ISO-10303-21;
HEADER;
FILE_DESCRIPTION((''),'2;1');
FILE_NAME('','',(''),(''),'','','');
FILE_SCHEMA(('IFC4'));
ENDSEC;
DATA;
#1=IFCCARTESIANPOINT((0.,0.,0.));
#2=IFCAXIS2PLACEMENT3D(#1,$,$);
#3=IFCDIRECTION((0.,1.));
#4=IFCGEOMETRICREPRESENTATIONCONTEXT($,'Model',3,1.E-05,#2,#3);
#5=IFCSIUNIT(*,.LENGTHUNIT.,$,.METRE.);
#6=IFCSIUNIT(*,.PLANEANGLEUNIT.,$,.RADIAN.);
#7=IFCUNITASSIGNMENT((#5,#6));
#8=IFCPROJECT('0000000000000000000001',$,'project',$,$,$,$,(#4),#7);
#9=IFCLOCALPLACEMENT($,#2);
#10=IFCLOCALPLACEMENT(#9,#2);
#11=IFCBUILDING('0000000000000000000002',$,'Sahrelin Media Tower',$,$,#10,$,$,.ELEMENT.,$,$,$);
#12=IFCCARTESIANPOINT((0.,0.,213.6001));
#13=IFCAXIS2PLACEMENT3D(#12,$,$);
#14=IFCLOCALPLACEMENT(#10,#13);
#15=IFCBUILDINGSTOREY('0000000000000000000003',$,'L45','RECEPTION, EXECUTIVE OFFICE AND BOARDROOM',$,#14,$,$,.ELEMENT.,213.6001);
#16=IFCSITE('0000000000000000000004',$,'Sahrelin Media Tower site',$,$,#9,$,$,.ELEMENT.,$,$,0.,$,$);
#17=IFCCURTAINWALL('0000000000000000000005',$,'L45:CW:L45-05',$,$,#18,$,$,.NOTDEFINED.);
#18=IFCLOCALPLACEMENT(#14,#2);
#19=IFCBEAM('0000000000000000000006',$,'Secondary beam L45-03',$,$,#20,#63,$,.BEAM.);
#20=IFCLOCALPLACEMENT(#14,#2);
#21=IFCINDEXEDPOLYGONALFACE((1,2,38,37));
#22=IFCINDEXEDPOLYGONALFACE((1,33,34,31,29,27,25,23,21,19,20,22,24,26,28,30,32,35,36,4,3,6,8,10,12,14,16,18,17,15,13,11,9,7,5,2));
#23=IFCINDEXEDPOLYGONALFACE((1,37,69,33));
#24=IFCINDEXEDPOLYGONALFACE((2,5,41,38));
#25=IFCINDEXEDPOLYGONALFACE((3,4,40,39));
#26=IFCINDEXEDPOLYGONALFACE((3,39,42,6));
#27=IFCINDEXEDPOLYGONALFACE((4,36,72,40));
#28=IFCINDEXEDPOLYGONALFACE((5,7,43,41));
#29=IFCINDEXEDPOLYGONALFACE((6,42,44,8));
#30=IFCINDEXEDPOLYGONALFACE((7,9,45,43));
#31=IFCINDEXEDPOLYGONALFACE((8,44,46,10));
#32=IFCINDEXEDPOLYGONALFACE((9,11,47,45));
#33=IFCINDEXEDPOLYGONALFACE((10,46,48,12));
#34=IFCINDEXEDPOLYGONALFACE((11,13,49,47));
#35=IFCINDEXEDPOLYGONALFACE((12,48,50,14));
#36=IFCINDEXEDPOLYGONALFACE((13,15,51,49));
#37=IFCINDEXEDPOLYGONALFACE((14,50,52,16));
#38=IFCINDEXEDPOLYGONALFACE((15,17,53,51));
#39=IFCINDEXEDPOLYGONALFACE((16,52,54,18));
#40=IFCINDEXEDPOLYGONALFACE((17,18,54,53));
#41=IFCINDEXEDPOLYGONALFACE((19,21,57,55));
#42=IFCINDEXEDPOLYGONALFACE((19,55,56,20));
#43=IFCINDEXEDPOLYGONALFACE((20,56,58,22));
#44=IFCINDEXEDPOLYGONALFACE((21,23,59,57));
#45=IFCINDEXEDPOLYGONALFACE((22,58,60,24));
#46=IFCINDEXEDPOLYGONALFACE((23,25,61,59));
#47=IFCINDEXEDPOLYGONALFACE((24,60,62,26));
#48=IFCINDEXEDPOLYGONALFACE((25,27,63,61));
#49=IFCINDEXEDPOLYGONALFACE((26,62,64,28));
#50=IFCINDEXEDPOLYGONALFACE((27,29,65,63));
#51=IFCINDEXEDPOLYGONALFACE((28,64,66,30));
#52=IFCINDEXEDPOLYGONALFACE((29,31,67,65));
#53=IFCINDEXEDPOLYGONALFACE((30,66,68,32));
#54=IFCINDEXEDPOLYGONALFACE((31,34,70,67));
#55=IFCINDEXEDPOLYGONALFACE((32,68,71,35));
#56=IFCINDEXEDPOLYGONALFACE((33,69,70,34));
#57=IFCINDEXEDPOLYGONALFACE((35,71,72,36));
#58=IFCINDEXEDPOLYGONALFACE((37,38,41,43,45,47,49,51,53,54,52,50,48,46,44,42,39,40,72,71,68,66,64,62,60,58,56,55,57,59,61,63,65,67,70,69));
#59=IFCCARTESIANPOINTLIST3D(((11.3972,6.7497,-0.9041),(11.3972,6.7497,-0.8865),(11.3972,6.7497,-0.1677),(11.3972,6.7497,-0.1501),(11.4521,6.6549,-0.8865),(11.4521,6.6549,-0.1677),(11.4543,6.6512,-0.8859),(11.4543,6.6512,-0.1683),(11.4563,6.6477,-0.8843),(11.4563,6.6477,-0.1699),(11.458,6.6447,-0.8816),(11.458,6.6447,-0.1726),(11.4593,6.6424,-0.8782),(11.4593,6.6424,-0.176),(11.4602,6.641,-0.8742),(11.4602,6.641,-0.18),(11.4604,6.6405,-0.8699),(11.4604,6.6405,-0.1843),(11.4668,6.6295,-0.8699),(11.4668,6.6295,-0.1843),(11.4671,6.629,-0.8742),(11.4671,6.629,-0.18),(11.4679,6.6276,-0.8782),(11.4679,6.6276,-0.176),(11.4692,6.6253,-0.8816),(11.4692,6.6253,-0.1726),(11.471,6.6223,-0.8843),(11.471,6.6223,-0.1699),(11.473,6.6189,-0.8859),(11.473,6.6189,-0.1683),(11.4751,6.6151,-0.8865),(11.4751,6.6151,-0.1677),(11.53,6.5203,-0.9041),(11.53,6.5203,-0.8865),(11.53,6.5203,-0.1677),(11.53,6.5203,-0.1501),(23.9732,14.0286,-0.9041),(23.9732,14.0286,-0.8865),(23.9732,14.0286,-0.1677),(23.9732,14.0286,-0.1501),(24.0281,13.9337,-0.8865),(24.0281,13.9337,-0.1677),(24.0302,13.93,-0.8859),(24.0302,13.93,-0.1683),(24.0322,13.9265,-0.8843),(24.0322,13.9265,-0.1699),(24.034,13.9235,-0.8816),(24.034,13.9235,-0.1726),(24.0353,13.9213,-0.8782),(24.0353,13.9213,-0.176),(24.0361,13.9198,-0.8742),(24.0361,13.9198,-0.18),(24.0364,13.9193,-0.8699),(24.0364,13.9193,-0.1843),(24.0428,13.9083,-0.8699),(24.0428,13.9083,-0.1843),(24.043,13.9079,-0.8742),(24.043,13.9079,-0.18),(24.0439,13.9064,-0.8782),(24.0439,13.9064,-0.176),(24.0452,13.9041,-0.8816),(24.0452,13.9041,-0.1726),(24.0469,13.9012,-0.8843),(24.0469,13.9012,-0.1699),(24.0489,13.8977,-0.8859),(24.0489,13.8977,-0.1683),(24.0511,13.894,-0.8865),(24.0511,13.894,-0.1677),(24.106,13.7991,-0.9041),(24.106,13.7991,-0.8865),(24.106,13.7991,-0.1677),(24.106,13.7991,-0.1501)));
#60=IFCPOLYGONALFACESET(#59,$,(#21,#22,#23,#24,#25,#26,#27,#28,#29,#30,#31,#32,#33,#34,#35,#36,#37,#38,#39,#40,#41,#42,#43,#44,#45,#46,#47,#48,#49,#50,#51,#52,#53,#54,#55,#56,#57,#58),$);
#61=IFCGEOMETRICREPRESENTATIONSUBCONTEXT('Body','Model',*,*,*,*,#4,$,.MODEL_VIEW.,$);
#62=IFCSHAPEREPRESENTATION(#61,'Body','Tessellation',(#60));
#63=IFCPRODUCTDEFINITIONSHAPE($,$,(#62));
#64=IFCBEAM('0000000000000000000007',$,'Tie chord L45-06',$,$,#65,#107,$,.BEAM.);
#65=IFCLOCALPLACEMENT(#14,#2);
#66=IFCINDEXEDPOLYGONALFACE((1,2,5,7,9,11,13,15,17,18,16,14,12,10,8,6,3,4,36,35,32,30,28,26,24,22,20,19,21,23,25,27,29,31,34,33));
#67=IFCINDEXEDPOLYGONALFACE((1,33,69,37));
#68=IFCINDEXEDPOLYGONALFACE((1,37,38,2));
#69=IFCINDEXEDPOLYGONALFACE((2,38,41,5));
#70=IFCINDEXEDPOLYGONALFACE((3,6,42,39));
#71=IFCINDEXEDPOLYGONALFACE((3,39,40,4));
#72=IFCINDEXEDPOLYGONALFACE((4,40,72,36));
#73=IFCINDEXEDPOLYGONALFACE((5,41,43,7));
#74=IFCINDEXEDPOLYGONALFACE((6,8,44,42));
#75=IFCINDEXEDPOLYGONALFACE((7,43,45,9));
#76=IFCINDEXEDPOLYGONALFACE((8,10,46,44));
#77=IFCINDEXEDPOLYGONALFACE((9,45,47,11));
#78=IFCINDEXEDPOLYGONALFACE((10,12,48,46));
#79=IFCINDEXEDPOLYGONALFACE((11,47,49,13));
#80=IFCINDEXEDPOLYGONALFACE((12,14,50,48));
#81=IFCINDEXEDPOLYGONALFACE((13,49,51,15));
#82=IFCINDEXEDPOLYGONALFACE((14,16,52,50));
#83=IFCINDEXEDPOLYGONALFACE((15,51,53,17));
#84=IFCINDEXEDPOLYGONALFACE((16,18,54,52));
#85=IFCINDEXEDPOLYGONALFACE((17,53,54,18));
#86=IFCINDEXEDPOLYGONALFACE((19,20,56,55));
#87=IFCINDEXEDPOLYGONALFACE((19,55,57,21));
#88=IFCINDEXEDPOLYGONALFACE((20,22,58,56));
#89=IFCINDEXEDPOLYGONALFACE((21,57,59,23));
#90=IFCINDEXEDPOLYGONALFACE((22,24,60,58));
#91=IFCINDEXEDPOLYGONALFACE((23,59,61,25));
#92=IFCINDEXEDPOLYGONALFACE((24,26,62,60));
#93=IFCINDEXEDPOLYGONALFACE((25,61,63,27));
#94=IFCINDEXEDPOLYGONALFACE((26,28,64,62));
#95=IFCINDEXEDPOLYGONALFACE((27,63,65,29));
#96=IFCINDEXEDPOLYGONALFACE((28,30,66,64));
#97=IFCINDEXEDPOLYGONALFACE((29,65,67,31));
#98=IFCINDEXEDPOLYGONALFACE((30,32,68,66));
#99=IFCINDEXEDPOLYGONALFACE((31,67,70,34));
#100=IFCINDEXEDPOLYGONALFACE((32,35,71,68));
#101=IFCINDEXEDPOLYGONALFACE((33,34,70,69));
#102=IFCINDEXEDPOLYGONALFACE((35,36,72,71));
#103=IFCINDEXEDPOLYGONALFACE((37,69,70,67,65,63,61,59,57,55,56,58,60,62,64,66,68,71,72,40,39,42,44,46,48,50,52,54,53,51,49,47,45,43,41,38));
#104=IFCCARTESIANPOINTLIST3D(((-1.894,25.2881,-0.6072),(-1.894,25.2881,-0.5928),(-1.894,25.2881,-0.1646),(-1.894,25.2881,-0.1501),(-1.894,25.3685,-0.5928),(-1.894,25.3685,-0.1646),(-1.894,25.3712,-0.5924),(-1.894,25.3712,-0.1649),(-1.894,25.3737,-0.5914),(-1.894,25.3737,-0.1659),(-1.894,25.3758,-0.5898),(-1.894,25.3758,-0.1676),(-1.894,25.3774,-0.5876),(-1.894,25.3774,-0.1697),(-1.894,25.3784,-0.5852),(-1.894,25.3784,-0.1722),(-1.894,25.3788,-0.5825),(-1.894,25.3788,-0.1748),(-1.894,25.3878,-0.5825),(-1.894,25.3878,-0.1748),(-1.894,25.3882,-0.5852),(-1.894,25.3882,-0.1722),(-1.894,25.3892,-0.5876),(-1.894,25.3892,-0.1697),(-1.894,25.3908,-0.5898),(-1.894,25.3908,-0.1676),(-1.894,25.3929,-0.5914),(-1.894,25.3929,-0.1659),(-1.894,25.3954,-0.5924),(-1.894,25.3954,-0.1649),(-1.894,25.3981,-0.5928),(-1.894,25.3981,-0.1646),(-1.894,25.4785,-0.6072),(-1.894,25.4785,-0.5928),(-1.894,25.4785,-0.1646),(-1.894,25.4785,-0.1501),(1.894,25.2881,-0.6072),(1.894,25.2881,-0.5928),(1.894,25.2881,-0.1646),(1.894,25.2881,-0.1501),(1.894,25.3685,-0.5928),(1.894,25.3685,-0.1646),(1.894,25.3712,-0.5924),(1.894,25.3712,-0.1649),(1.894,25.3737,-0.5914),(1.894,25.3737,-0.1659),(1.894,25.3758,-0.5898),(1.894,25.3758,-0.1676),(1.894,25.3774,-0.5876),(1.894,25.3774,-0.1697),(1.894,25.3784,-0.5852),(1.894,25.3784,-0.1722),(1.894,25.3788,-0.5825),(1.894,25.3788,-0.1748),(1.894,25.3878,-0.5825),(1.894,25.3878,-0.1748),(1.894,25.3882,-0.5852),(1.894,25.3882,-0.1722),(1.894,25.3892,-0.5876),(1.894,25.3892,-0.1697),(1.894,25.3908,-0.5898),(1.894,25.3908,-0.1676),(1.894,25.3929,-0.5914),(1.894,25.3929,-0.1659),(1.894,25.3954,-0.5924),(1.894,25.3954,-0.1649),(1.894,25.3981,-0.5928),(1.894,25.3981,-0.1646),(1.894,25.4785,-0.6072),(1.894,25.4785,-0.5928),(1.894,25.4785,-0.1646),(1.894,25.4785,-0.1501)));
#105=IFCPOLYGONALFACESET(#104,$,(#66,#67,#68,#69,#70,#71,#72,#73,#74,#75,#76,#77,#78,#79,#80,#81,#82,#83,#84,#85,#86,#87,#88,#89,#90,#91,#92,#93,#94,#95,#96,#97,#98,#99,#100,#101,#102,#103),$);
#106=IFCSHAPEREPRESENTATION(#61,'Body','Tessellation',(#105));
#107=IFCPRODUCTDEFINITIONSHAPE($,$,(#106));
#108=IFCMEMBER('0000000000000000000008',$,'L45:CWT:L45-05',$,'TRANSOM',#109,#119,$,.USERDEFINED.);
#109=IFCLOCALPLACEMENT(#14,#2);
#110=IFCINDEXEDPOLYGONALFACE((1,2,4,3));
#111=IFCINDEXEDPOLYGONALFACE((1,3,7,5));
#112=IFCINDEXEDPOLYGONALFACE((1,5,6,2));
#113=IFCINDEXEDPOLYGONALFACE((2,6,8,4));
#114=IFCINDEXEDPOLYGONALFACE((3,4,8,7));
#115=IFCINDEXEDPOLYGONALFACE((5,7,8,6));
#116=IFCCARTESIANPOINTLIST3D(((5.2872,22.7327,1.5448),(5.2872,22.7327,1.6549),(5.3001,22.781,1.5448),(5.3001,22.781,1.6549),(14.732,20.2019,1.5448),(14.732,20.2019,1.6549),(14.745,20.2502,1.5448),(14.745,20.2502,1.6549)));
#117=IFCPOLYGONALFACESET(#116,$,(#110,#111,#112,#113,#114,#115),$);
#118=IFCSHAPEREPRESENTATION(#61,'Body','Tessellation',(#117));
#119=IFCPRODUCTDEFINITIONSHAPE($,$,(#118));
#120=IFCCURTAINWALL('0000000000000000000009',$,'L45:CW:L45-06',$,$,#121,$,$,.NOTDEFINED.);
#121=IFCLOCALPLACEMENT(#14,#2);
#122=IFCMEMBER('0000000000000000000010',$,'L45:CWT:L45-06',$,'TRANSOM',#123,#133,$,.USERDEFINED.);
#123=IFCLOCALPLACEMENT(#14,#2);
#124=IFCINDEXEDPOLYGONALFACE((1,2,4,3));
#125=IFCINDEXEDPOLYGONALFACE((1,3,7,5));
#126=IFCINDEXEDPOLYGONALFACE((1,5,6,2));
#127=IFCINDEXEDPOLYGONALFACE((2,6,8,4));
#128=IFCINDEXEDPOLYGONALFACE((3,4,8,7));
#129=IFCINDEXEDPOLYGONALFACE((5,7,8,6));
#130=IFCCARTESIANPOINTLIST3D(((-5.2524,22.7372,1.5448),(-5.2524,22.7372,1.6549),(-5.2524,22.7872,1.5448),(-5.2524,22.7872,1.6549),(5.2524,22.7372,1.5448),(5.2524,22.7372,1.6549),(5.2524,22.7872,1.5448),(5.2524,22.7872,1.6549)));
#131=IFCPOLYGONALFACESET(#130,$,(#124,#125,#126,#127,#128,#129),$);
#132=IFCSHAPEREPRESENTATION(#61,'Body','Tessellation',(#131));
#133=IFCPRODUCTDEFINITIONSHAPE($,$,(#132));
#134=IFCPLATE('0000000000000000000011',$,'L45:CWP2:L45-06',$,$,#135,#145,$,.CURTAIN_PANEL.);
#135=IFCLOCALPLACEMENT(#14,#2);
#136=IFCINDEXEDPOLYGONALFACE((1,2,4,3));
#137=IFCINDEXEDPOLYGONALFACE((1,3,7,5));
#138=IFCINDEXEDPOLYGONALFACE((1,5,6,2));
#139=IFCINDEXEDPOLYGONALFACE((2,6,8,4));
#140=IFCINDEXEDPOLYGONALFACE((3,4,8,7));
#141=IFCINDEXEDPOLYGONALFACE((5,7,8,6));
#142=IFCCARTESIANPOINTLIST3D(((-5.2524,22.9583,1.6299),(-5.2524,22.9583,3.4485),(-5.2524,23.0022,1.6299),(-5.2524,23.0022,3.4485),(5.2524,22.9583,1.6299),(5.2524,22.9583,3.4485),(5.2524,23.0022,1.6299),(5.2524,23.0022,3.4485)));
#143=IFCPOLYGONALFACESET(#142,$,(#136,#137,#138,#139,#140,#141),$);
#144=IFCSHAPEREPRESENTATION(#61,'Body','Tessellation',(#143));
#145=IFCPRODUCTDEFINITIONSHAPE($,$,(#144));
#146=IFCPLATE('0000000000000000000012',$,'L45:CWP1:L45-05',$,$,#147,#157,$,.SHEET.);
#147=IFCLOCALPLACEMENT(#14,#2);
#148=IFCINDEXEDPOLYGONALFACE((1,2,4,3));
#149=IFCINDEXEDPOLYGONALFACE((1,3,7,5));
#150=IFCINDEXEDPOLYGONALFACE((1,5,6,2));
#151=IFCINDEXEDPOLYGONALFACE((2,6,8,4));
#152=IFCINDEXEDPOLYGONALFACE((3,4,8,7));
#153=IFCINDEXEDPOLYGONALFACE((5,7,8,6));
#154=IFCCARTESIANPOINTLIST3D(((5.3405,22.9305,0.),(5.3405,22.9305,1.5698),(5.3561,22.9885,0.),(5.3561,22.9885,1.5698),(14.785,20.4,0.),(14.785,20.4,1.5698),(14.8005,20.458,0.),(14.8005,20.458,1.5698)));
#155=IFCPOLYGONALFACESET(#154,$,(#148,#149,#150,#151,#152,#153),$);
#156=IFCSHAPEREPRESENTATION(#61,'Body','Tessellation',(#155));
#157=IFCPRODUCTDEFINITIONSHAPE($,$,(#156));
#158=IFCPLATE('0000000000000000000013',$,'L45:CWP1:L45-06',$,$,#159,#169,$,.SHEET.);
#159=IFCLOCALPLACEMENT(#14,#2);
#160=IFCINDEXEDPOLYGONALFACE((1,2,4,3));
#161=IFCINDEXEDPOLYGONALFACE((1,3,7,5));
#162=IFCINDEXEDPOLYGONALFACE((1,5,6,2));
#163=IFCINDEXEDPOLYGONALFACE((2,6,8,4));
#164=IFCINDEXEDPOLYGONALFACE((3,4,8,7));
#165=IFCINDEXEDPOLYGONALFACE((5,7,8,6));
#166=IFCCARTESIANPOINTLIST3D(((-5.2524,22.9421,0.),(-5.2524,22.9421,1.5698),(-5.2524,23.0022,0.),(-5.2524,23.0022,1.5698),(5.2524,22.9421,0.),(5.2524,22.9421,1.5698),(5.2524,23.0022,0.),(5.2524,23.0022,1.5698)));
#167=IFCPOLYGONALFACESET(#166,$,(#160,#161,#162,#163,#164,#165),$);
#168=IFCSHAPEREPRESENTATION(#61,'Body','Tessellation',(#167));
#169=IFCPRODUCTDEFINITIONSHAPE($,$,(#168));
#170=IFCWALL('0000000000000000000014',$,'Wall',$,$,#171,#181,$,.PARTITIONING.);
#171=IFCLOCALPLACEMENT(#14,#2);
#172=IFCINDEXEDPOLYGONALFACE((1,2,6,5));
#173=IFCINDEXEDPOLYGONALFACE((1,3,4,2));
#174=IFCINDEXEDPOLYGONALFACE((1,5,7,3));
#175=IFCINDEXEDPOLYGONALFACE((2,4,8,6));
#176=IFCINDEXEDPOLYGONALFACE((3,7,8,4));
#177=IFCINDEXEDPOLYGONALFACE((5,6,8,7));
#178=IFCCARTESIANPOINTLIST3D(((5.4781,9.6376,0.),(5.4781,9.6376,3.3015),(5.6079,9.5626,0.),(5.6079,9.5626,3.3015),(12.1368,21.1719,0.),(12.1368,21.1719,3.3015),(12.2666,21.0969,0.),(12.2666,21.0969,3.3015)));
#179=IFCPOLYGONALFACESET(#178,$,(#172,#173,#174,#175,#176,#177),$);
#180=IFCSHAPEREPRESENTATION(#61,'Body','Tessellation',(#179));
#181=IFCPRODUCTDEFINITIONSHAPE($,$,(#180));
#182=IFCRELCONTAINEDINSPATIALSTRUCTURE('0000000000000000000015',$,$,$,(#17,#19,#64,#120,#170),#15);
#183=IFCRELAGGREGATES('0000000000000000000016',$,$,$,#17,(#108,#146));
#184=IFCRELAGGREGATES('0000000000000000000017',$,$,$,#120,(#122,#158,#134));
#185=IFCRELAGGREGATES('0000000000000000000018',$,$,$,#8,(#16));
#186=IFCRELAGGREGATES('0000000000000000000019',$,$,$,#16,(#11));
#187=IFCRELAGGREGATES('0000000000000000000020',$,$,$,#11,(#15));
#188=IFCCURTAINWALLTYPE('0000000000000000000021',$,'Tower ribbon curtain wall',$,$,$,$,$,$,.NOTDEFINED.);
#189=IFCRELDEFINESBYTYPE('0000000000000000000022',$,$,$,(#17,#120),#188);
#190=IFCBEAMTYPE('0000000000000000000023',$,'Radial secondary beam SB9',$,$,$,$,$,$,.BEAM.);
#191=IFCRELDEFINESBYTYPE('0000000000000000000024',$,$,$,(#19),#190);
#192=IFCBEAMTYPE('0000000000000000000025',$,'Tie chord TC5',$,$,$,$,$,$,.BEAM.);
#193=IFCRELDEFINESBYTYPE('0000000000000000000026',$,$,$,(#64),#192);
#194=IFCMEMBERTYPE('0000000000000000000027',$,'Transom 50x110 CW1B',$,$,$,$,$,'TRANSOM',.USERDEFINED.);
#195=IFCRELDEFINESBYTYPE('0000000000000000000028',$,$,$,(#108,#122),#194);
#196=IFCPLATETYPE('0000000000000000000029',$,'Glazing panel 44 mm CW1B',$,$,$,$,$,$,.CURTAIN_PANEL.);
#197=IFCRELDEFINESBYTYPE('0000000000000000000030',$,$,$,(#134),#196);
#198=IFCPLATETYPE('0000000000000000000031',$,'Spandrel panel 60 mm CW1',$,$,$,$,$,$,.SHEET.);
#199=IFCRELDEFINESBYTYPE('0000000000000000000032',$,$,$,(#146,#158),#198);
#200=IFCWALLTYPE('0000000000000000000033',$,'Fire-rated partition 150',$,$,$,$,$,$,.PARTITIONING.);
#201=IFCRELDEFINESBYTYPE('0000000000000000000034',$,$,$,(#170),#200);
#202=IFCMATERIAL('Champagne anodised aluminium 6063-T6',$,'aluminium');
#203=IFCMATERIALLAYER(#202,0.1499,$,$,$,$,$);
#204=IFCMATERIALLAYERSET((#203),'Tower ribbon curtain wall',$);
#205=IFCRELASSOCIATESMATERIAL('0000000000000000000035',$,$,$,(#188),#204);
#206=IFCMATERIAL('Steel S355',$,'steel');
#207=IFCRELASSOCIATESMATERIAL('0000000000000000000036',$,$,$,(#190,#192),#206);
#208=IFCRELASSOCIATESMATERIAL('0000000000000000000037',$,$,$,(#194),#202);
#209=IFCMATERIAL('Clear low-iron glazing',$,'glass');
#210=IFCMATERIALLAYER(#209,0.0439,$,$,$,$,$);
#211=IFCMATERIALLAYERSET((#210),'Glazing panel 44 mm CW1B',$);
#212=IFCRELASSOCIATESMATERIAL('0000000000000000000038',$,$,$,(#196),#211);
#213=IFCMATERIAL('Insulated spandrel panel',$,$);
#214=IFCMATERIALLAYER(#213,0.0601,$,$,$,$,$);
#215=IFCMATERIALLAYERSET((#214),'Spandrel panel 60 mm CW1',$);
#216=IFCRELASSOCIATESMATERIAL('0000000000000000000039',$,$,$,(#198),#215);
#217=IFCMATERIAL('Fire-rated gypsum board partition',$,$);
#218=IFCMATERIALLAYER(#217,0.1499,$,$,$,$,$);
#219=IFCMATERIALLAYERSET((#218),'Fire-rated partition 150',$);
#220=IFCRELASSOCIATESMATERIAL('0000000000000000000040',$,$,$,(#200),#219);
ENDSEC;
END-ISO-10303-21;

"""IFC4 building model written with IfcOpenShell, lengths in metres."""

from ifc_helpers import new_model, si_unit, direction, frame, frame_2d, origin, origin_2d, place, context, subcontext, project, spatial, polyline, rectangle, i_section, outline, extrude, material, layer, layer_set, material_profile, profile_set, type_object, element, aggregate, save


model = new_model("IFC4")

# Units and contexts
model_context = context("Model", 3, precision=1e-05, world=origin(), true_north=direction((0.0, 1.0)))
body_context = subcontext(model_context, "Body", "Model", "MODEL_VIEW")
ifc_project = project(units=[si_unit("LENGTHUNIT", "METRE"), si_unit("PLANEANGLEUNIT", "RADIAN")], contexts=[model_context])

# Site, building, storey
site_placement = place(None, origin())
site = spatial("IfcSite", under=ifc_project, at=site_placement, Name="Sahrelin Media Tower site", CompositionType="ELEMENT", RefElevation=0.0)
building_placement = place(site_placement, origin())
building = spatial("IfcBuilding", under=site, at=building_placement, Name="Sahrelin Media Tower", CompositionType="ELEMENT")
storey_placement = place(building_placement, frame((0.0, 0.0, 213.6001)))
storey = spatial("IfcBuildingStorey", under=building, at=storey_placement, Name="L45", Description="RECEPTION, EXECUTIVE OFFICE AND BOARDROOM", CompositionType="ELEMENT", Elevation=213.6001)

# Shared definitions
ifc_material_1 = material(Name="Steel S355", Category="steel")

# Curtain wall
ifc_material_2 = material(Name="Champagne anodised aluminium 6063-T6", Category="aluminium")
ifc_layer_1 = layer(ifc_material_2, 0.1499)
ifc_layer_set_1 = layer_set([ifc_layer_1], Name="Tower ribbon curtain wall")
curtain_wall_type = type_object("IfcCurtainWallType", Name="Tower ribbon curtain wall", PredefinedType="NOTDEFINED", material=ifc_layer_set_1)
curtain_wall_1_placement = place(storey_placement, frame((10.073, 21.7039, 0.0), z_axis=(0.0, 0.0, 1.0), x_axis=(1.0, 0.0, 0.0)))
curtain_wall_1 = element("IfcCurtainWall", 1, at=curtain_wall_1_placement, inside=storey, type_object=curtain_wall_type, Name="L45:CW:L45-05", PredefinedType="NOTDEFINED")

# Beams
ifc_material_profile_1 = material_profile(ifc_material_1, i_section(OverallWidth=0.2651, OverallDepth=0.7539, WebThickness=0.0127, FlangeThickness=0.0176, FilletRadius=0.0166, at=origin_2d()), Name="UB 762x267x147")
ifc_profile_set_1 = profile_set([ifc_material_profile_1], Name="Steel S355")
beam_type_1 = type_object("IfcBeamType", Name="Radial secondary beam SB9", PredefinedType="BEAM", material=ifc_profile_set_1)
beam_1_placement = place(storey_placement, frame((11.4636, 6.635, -0.5271), z_axis=(0.865486, 0.500934, 0.0), x_axis=(-0.500934, 0.865486, 0.0)))
element("IfcBeam", 2, at=beam_1_placement, inside=storey, type_object=beam_type_1, Name="Secondary beam L45-03", PredefinedType="BEAM", context=body_context, shape_type="SweptSolid", body=[
    extrude(i_section(OverallWidth=0.2651, OverallDepth=0.7539, WebThickness=0.0127, FlangeThickness=0.0176, FilletRadius=0.0166, at=origin_2d()), origin(), (0.0, 0.0, 1.0), 14.5305),
])
ifc_material_profile_2 = material_profile(ifc_material_1, i_section(OverallWidth=0.1904, OverallDepth=0.457, WebThickness=0.009, FlangeThickness=0.0144, FilletRadius=0.0103, at=origin_2d()), Name="UB 457x191x74")
ifc_profile_set_2 = profile_set([ifc_material_profile_2], Name="Steel S355")
beam_type_2 = type_object("IfcBeamType", Name="Tie chord TC5", PredefinedType="BEAM", material=ifc_profile_set_2)
beam_2_placement = place(storey_placement, frame((1.894, 25.3833, -0.3787), z_axis=(-1.0, 0.0, 0.0), x_axis=(0.0, -1.0, 0.0)))
element("IfcBeam", 3, at=beam_2_placement, inside=storey, type_object=beam_type_2, Name="Tie chord L45-06", PredefinedType="BEAM", context=body_context, shape_type="SweptSolid", body=[
    extrude(i_section(OverallWidth=0.1904, OverallDepth=0.457, WebThickness=0.009, FlangeThickness=0.0144, FilletRadius=0.0103, at=origin_2d()), origin(), (0.0, 0.0, 1.0), 3.7881),
])

# Member
ifc_material_profile_3 = material_profile(ifc_material_2, rectangle(XDim=0.05, YDim=0.1101, at=origin_2d()), Name="Transom 50x110")
ifc_profile_set_3 = profile_set([ifc_material_profile_3], Name="Champagne anodised aluminium 6063-T6")
member_type_1 = type_object("IfcMemberType", Name="Transom 50x110 CW1B", ElementType="TRANSOM", PredefinedType="USERDEFINED", material=ifc_profile_set_3)
member_1_placement = place(storey_placement, frame((14.7385, 20.2261, 1.5999), z_axis=(-0.965925, 0.258822, 0.0), x_axis=(-0.258822, -0.965925, 0.0)))
member_1 = element("IfcMember", 4, at=member_1_placement, type_object=member_type_1, Name="L45:CWT:L45-05", ObjectType="TRANSOM", PredefinedType="USERDEFINED", context=body_context, shape_type="SweptSolid", body=[
    extrude(rectangle(XDim=0.05, YDim=0.1101, at=origin_2d()), origin(), (0.0, 0.0, 1.0), 9.7781),
])

# Curtain wall, member, plate
placement_1 = place(storey_placement, frame((0.0, 22.9822, 0.0), z_axis=(0.0, 0.0, 1.0), x_axis=(1.0, 0.0, 0.0)))
curtain_wall_2 = element("IfcCurtainWall", 5, at=placement_1, inside=storey, type_object=curtain_wall_type, Name="L45:CW:L45-06", PredefinedType="NOTDEFINED")
member_2_placement = place(storey_placement, frame((5.2524, 22.7622, 1.5999), z_axis=(-1.0, 0.0, 0.0), x_axis=(0.0, -1.0, 0.0)))
member_2 = element("IfcMember", 6, at=member_2_placement, type_object=member_type_1, Name="L45:CWT:L45-06", ObjectType="TRANSOM", PredefinedType="USERDEFINED", context=body_context, shape_type="SweptSolid", body=[
    extrude(rectangle(XDim=0.05, YDim=0.1101, at=origin_2d()), origin(), (0.0, 0.0, 1.0), 10.5049),
])
ifc_material_3 = material(Name="Clear low-iron glazing", Category="glass")
ifc_layer_2 = layer(ifc_material_3, 0.0439)
ifc_layer_set_2 = layer_set([ifc_layer_2], Name="Glazing panel 44 mm CW1B")
plate_type_1 = type_object("IfcPlateType", Name="Glazing panel 44 mm CW1B", PredefinedType="CURTAIN_PANEL", material=ifc_layer_set_2)
plate_1_placement = place(storey_placement, frame((5.2524, 23.0022, 1.6299), z_axis=(0.0, 1.0, 0.0), x_axis=(-1.0, 0.0, 0.0)))
plate_1 = element("IfcPlate", 7, at=plate_1_placement, type_object=plate_type_1, Name="L45:CWP2:L45-06", PredefinedType="CURTAIN_PANEL", context=body_context, shape_type="SweptSolid", body=[
    extrude(outline(polyline([(0.0, 0.0), (10.5049, 0.0), (10.5049, 1.8186), (0.0, 1.8186), (0.0, 0.0)])), origin(), (0.0, 0.0, -1.0), 0.0439),
])

# Plates
ifc_material_4 = material(Name="Insulated spandrel panel")
ifc_layer_3 = layer(ifc_material_4, 0.0601)
ifc_layer_set_3 = layer_set([ifc_layer_3], Name="Spandrel panel 60 mm CW1")
plate_type_2 = type_object("IfcPlateType", Name="Spandrel panel 60 mm CW1", PredefinedType="SHEET", material=ifc_layer_set_3)
plate_2_placement = place(storey_placement, frame((14.8005, 20.458, 0.0), z_axis=(0.258805, 0.96593, 0.0), x_axis=(-0.96593, 0.258805, 0.0)))
plate_2 = element("IfcPlate", 8, at=plate_2_placement, type_object=plate_type_2, Name="L45:CWP1:L45-05", PredefinedType="SHEET", context=body_context, shape_type="SweptSolid", body=[
    extrude(outline(polyline([(0.0, 0.0), (9.7776, 0.0), (9.7776, 1.5698), (0.0, 1.5698), (0.0, 0.0)])), origin(), (0.0, 0.0, -1.0), 0.0601),
])
aggregate(curtain_wall_1, [member_1, plate_2])
plate_3_placement = place(storey_placement, frame((5.2524, 23.0022, 0.0), z_axis=(0.0, 1.0, 0.0), x_axis=(-1.0, 0.0, 0.0)))
plate_3 = element("IfcPlate", 9, at=plate_3_placement, type_object=plate_type_2, Name="L45:CWP1:L45-06", PredefinedType="SHEET", context=body_context, shape_type="SweptSolid", body=[
    extrude(outline(polyline([(0.0, 0.0), (10.5049, 0.0), (10.5049, 1.5698), (0.0, 1.5698), (0.0, 0.0)])), origin(), (0.0, 0.0, -1.0), 0.0601),
])
aggregate(curtain_wall_2, [member_2, plate_3, plate_1])

# Wall
ifc_material_5 = material(Name="Fire-rated gypsum board partition")
ifc_layer_4 = layer(ifc_material_5, 0.1499)
ifc_layer_set_4 = layer_set([ifc_layer_4], Name="Fire-rated partition 150")
wall_type_1 = type_object("IfcWallType", Name="Fire-rated partition 150", PredefinedType="PARTITIONING", material=ifc_layer_set_4)
wall_1_placement = place(storey_placement, frame((5.543, 9.6001, 0.0), z_axis=(0.0, 0.0, 1.0), x_axis=(0.499968, 0.866044, 0.0)))
element("IfcWall", 10, at=wall_1_placement, inside=storey, type_object=wall_type_1, Name="Wall", PredefinedType="PARTITIONING", context=body_context, shape_type="SweptSolid", body=[
    extrude(rectangle(XDim=13.3184, YDim=0.1499, at=frame_2d((6.6592, 0.0))), origin(), (0.0, 0.0, 1.0), 3.3015),
])

save(model, "model.ifc")
